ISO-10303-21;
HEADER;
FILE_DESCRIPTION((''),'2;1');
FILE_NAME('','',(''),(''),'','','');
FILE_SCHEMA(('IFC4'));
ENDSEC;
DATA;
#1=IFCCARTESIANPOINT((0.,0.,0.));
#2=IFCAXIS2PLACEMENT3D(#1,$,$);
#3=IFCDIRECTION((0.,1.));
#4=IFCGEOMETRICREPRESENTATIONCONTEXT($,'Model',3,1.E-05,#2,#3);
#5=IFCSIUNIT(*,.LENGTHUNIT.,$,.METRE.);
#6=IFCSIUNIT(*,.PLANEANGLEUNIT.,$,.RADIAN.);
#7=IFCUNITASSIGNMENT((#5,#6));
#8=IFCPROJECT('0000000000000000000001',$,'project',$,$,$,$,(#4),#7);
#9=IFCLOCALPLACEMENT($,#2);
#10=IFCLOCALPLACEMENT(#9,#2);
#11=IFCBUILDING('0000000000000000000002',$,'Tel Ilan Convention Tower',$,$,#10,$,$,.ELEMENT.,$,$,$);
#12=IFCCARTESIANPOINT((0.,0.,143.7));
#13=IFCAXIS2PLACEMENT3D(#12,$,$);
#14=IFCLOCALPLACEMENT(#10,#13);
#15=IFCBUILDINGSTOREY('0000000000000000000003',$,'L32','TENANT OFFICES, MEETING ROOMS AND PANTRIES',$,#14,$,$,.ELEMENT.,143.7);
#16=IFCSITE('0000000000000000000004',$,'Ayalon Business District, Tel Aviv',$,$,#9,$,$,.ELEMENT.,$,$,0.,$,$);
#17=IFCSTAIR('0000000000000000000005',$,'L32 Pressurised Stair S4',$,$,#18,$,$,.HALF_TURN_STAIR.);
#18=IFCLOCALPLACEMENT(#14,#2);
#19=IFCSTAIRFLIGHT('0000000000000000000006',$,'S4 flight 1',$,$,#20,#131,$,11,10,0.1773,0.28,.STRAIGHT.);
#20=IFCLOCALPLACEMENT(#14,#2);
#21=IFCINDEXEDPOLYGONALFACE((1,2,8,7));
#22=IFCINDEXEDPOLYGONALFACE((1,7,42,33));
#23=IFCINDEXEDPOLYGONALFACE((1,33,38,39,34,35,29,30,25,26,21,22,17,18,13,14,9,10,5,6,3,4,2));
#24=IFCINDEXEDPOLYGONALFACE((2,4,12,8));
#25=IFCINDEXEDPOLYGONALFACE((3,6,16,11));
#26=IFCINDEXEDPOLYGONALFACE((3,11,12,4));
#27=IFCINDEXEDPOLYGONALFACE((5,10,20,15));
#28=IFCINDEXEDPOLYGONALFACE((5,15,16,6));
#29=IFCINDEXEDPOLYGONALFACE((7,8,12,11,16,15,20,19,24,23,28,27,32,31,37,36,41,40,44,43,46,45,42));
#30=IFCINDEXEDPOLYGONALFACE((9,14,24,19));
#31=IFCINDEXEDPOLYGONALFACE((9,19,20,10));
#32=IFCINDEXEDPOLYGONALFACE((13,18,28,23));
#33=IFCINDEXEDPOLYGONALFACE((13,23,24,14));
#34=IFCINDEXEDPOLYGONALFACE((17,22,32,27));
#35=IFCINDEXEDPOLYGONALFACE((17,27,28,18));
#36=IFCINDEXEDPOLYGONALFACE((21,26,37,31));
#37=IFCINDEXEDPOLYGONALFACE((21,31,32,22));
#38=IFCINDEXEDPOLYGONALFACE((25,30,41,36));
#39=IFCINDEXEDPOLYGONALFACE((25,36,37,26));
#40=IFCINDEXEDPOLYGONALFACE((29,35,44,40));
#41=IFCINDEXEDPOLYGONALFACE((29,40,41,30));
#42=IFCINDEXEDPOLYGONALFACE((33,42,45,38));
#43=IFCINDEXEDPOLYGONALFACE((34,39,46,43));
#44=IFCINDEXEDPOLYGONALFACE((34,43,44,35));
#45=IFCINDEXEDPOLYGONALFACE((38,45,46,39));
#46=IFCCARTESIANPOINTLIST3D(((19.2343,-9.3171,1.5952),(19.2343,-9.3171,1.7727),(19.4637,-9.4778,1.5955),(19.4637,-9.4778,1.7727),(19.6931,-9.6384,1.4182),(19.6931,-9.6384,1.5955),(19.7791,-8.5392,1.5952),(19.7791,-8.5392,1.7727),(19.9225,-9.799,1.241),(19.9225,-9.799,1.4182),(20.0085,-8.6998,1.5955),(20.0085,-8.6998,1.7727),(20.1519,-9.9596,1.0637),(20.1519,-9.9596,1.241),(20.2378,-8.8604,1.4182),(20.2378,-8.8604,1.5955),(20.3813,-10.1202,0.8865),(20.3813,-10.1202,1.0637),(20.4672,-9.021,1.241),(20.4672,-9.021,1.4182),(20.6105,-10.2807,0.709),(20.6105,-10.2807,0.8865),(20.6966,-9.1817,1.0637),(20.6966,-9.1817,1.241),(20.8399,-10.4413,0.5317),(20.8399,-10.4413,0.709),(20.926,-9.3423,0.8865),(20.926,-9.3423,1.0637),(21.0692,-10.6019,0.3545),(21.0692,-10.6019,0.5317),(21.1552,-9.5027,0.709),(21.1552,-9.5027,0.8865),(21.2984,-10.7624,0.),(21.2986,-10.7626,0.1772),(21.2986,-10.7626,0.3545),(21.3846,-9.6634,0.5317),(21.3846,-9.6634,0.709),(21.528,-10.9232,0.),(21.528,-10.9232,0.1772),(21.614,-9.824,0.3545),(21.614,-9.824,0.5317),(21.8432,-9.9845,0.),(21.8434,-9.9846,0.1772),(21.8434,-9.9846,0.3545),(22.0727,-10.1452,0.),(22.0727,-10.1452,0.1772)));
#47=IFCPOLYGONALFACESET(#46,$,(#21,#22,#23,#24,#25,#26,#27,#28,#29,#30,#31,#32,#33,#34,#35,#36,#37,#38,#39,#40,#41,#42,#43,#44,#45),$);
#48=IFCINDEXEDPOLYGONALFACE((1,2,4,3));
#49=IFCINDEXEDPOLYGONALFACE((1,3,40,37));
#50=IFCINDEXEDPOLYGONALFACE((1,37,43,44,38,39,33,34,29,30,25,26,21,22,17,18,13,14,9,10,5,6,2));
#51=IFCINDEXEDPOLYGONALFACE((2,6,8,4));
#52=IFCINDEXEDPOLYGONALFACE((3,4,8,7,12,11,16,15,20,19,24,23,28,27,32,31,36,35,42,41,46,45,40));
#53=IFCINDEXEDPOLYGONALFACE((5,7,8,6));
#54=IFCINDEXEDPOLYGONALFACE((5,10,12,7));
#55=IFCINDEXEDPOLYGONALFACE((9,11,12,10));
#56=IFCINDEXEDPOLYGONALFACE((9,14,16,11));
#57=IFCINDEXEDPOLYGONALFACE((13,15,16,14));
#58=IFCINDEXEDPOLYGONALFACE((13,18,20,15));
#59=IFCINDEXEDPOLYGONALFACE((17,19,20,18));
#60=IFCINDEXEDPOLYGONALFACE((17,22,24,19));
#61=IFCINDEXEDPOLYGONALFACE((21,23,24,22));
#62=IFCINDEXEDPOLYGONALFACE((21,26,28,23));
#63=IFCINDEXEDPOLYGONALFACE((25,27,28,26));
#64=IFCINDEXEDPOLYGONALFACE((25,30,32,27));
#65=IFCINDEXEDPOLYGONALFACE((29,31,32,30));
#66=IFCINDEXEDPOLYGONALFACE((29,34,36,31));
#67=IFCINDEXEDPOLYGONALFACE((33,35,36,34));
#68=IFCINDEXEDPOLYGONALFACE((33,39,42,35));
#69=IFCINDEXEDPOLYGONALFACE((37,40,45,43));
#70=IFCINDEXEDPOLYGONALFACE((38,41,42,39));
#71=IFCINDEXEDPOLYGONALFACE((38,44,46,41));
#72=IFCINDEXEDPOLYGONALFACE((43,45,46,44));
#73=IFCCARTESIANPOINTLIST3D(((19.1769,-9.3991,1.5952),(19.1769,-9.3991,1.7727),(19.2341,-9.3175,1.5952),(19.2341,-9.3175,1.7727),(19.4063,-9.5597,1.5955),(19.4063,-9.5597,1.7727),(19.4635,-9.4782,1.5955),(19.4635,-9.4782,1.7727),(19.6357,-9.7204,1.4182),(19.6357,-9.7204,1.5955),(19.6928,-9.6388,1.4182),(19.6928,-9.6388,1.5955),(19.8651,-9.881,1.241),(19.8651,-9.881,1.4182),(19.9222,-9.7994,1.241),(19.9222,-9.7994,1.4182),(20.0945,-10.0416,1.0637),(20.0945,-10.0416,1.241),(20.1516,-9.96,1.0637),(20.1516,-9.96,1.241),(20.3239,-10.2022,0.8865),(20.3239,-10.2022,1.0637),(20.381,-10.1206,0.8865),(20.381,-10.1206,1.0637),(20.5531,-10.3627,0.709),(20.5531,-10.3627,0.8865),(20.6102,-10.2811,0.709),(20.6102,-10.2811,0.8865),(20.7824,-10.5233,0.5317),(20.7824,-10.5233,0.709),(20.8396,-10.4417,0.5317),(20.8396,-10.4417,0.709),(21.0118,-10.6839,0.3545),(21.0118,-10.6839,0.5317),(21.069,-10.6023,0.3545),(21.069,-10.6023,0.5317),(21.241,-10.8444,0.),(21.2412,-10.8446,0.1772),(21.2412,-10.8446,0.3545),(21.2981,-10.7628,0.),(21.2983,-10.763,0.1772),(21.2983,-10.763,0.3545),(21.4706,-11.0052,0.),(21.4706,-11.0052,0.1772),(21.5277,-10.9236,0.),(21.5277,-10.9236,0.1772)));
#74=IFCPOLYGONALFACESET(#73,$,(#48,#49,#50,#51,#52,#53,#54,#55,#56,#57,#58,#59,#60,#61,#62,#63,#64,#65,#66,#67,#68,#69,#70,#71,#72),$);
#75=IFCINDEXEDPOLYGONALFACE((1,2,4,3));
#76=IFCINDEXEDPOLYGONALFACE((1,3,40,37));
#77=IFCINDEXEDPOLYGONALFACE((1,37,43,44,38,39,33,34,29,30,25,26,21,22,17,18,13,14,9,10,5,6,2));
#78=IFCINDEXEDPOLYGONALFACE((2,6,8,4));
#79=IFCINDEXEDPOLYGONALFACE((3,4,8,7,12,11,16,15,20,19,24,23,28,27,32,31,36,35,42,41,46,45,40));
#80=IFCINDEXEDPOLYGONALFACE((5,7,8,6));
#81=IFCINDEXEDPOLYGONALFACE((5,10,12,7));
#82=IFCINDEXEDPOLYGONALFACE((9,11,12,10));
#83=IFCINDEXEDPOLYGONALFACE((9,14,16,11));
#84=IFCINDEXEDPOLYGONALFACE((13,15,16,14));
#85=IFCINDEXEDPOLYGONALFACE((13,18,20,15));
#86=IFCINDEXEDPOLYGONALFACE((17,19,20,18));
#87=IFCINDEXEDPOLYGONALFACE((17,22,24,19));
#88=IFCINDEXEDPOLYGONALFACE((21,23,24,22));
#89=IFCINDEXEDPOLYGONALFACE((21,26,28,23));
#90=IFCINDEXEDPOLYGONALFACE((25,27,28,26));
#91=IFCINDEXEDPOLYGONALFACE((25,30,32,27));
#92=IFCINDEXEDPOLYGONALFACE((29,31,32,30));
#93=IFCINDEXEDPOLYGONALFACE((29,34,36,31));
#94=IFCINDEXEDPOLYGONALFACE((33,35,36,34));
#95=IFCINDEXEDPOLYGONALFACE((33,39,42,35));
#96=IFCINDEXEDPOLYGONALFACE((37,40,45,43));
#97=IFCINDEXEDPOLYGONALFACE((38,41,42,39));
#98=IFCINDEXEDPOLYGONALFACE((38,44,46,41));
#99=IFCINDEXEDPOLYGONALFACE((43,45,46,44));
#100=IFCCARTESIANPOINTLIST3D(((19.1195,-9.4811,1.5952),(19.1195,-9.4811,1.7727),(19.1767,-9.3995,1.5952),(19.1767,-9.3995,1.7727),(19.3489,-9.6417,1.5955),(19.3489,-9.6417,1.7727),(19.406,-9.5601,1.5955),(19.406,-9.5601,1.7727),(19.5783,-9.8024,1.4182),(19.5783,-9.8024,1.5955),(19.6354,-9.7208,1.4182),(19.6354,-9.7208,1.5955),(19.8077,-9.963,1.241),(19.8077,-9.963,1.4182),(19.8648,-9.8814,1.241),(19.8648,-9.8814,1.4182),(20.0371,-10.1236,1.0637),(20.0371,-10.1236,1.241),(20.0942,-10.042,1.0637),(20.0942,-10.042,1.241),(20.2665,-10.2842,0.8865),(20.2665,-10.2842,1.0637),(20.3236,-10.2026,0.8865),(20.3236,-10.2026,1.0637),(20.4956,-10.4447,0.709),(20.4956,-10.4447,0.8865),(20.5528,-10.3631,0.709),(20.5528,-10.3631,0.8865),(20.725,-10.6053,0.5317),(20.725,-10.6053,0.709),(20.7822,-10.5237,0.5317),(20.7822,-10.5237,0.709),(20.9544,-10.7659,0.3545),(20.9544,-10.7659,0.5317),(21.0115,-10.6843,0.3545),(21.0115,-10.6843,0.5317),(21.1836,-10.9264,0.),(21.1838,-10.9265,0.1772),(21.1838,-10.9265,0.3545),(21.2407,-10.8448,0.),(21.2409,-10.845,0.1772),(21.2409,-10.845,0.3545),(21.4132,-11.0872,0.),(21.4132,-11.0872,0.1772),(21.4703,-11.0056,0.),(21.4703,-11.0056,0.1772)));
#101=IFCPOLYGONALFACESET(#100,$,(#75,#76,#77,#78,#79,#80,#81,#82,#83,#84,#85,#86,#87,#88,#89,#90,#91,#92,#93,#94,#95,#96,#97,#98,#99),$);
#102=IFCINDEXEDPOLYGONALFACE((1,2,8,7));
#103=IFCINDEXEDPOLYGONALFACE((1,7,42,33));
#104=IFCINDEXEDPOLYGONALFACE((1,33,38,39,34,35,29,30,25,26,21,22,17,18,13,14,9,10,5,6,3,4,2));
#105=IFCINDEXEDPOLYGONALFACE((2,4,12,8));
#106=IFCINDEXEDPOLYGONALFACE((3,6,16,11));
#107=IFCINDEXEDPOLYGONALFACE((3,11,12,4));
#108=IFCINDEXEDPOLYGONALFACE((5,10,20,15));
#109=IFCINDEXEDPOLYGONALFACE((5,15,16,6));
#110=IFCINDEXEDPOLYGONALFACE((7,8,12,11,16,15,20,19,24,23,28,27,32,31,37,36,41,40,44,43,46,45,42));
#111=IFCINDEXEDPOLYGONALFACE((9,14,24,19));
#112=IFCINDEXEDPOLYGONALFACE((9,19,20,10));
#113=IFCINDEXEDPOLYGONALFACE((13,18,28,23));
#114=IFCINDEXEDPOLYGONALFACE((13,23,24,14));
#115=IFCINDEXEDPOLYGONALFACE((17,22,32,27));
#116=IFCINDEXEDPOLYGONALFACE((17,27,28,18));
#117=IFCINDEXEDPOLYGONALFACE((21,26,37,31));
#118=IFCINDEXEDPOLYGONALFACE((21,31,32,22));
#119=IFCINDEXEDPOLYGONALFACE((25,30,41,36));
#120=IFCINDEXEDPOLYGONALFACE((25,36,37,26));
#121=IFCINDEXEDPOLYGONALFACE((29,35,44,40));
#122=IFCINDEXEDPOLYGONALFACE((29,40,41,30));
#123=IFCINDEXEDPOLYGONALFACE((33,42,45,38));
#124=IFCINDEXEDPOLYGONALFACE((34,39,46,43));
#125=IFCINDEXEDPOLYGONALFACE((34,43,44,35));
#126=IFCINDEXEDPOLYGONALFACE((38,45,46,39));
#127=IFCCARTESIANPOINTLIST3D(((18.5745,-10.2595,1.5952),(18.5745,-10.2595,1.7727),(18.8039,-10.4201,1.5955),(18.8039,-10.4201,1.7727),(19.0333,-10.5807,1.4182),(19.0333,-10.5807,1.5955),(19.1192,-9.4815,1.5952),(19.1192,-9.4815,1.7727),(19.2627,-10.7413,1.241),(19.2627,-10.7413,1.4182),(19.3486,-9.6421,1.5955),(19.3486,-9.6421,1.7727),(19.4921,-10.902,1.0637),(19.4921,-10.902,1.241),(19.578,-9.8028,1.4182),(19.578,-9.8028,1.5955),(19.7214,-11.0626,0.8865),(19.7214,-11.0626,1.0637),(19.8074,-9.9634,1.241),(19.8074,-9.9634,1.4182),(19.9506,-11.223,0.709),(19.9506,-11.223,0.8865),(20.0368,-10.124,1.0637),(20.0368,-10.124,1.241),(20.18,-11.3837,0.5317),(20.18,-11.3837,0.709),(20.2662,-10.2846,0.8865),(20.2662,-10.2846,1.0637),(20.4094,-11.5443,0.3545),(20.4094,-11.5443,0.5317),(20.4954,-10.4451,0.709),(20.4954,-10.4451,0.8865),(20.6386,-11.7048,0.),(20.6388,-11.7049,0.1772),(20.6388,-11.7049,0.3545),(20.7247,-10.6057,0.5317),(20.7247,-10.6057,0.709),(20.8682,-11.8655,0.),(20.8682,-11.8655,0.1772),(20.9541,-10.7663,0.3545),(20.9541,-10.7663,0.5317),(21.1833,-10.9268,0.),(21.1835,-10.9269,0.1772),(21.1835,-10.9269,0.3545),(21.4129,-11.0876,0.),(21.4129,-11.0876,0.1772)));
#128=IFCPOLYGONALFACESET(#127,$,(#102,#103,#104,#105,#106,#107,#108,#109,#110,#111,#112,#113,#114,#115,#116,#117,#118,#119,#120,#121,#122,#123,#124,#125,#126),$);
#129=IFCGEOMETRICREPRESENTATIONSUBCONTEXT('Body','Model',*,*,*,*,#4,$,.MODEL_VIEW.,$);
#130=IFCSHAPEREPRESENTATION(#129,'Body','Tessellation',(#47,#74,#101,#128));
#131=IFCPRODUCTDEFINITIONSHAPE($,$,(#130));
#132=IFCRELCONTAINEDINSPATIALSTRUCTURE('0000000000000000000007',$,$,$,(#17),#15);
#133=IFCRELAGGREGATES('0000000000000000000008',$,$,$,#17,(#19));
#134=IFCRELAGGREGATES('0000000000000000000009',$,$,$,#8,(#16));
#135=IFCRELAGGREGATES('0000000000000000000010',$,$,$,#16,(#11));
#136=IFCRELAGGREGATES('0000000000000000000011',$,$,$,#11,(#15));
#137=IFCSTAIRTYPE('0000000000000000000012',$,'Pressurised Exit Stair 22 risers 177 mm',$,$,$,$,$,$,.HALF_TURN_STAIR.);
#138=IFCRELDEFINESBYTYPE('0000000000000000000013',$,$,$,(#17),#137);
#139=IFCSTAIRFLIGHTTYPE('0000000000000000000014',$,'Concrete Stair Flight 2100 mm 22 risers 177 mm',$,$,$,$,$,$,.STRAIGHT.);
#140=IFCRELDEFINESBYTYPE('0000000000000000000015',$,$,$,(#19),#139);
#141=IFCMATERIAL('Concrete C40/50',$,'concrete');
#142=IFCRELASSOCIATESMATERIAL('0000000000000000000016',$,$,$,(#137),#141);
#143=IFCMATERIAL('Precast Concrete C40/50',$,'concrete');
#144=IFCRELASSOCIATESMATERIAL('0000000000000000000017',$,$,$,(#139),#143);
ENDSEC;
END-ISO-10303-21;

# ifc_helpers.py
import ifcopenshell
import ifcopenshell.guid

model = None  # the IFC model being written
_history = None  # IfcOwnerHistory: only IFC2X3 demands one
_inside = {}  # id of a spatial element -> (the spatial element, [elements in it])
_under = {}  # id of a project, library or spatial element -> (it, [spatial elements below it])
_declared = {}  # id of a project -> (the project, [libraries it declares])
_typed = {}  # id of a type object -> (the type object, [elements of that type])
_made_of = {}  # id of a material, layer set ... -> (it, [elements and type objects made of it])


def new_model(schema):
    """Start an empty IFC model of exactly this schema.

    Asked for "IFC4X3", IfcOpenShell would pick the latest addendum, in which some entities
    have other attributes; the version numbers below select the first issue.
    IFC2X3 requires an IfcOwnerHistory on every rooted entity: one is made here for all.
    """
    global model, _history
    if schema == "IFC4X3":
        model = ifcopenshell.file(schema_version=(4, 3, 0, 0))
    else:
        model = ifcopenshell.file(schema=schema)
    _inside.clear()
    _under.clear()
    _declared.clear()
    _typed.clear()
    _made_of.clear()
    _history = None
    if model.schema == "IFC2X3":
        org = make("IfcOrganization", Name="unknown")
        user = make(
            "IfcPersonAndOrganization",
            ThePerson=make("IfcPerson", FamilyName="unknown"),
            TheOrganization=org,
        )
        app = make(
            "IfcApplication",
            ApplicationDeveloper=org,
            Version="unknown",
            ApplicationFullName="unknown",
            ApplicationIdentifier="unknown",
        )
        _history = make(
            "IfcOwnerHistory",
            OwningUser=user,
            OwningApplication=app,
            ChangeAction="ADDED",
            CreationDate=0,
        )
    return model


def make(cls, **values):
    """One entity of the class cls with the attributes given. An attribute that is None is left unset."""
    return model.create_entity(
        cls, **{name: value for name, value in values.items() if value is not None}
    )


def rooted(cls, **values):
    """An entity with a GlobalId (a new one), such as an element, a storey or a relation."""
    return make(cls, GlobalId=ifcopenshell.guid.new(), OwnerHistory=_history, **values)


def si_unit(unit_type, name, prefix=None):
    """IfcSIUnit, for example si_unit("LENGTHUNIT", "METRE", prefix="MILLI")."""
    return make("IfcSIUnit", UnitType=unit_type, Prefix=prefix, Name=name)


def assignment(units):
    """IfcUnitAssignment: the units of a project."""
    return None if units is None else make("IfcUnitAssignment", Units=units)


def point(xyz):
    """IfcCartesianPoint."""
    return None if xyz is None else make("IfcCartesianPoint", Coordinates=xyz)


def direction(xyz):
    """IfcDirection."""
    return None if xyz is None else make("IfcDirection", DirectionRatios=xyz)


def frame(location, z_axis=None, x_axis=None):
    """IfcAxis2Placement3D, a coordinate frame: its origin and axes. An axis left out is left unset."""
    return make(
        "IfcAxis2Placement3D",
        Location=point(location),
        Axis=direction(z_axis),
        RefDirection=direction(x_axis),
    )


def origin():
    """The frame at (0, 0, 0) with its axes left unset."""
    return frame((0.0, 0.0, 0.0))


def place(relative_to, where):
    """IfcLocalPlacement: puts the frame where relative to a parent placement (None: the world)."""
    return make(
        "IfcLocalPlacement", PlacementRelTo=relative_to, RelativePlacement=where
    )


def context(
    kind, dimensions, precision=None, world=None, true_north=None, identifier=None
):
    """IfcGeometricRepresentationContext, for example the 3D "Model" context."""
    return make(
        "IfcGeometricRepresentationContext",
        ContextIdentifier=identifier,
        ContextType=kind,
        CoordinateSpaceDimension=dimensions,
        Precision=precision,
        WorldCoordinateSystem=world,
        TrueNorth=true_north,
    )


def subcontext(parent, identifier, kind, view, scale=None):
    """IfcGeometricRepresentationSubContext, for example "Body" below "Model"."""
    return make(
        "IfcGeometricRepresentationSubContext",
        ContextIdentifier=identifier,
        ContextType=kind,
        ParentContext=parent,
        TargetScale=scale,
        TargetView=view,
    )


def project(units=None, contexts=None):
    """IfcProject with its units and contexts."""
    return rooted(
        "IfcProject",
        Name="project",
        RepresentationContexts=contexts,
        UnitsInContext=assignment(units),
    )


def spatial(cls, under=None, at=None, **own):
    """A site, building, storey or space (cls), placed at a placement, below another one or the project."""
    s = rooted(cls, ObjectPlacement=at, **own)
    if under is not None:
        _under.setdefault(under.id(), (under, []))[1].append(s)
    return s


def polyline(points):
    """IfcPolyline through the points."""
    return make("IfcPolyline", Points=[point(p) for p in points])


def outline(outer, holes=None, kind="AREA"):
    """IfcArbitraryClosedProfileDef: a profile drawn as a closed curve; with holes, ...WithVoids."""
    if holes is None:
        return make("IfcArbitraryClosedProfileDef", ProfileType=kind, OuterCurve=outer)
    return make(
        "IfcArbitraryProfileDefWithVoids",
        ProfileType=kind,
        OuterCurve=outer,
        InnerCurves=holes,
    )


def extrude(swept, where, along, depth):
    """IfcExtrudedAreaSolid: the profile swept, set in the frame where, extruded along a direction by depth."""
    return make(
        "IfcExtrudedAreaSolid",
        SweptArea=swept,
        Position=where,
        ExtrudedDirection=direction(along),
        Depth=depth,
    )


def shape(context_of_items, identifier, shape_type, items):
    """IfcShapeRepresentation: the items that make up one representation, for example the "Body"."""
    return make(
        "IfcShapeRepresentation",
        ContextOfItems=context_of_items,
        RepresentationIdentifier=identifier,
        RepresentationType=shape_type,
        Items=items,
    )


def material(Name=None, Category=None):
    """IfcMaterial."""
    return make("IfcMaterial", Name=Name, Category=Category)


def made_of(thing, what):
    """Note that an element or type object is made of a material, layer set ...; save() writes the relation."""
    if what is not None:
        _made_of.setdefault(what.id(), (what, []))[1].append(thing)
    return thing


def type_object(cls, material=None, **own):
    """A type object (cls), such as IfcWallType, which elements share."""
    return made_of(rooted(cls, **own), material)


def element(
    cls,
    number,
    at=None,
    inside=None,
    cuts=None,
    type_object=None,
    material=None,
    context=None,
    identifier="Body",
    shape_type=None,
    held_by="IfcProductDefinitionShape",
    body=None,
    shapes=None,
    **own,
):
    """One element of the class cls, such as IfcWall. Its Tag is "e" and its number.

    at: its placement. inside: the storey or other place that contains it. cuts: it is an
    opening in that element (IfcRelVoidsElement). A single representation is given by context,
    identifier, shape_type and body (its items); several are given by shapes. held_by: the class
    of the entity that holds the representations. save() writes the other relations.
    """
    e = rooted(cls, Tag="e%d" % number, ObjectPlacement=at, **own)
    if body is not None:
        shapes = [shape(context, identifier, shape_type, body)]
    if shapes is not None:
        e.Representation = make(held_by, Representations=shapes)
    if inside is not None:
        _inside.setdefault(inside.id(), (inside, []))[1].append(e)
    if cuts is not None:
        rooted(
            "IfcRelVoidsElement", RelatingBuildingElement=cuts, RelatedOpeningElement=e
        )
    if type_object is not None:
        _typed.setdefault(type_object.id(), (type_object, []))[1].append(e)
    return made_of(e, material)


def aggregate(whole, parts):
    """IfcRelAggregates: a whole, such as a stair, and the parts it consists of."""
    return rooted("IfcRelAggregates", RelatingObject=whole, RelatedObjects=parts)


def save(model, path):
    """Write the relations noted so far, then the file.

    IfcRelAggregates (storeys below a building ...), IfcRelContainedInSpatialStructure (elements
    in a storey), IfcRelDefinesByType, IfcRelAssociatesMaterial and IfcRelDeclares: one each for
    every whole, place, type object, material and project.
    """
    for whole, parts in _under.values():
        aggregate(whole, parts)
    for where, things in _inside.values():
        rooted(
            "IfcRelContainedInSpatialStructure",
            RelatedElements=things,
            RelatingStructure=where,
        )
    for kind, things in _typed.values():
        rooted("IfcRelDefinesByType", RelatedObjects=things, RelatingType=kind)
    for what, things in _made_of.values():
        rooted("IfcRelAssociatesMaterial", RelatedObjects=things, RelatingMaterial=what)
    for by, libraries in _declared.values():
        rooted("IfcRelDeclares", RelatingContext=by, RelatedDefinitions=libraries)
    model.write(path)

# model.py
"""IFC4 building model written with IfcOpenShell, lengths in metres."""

from ifc_helpers import new_model, si_unit, direction, frame, origin, place, context, subcontext, project, spatial, polyline, outline, extrude, material, type_object, element, aggregate, save


model = new_model("IFC4")

# Units and contexts
model_context = context("Model", 3, precision=1e-05, world=origin(), true_north=direction((0.0, 1.0)))
body_context = subcontext(model_context, "Body", "Model", "MODEL_VIEW")
ifc_project = project(units=[si_unit("LENGTHUNIT", "METRE"), si_unit("PLANEANGLEUNIT", "RADIAN")], contexts=[model_context])

# Site, building, storey
site_placement = place(None, origin())
site = spatial("IfcSite", under=ifc_project, at=site_placement, Name="Ayalon Business District, Tel Aviv", CompositionType="ELEMENT", RefElevation=0.0)
building_placement = place(site_placement, origin())
building = spatial("IfcBuilding", under=site, at=building_placement, Name="Tel Ilan Convention Tower", CompositionType="ELEMENT")
storey_placement = place(building_placement, frame((0.0, 0.0, 143.7)))
storey = spatial("IfcBuildingStorey", under=building, at=storey_placement, Name="L32", Description="TENANT OFFICES, MEETING ROOMS AND PANTRIES", CompositionType="ELEMENT", Elevation=143.7)

# Shared definitions
ifc_material_1 = material(Name="Concrete C40/50", Category="concrete")
stair_type = type_object("IfcStairType", Name="Pressurised Exit Stair 22 risers 177 mm", PredefinedType="HALF_TURN_STAIR", material=ifc_material_1)
ifc_material_2 = material(Name="Precast Concrete C40/50", Category="concrete")
stair_flight_type = type_object("IfcStairFlightType", Name="Concrete Stair Flight 2100 mm 22 risers 177 mm", PredefinedType="STRAIGHT", material=ifc_material_2)

# Stair, stair flight
stair_1_placement = place(storey_placement, origin())
stair_1 = element("IfcStair", 1, at=stair_1_placement, inside=storey, type_object=stair_type, Name="L32 Pressurised Stair S4", PredefinedType="HALF_TURN_STAIR")
stair_flight_1_placement = place(storey_placement, frame((21.4705, -11.0054, 0.0), z_axis=(0.0, 0.0, 1.0), x_axis=(-0.819152, 0.573576, 0.0)))
stair_flight_1 = element("IfcStairFlight", 2, at=stair_flight_1_placement, type_object=stair_flight_type, Name="S4 flight 1", NumberOfRisers=11, NumberOfTreads=10, PredefinedType="STRAIGHT", RiserHeight=0.1773, TreadLength=0.28, context=body_context, shape_type="SweptSolid", body=[
    extrude(outline(polyline([(0.0, 0.0), (0.0, 0.1772), (0.28, 0.1772), (0.28, 0.3545), (0.5601, 0.3545), (0.5601, 0.5317), (0.8401, 0.5317), (0.8401, 0.709), (1.1201, 0.709), (1.1201, 0.8865), (1.3999, 0.8865), (1.3999, 1.0637), (1.6799, 1.0637), (1.6799, 1.241), (1.96, 1.241), (1.96, 1.4182), (2.24, 1.4182), (2.24, 1.5955), (2.52, 1.5955), (2.52, 1.7727), (2.8, 1.7727), (2.8, 1.95), (2.8, 1.5952), (0.2803, 0.0), (0.0, 0.0)])), frame((0.0, -0.1003, 0.0), z_axis=(0.0, -1.0, 0.0), x_axis=(1.0, 0.0, 0.0)), (0.0, 0.0, 1.0), 0.9497),
    extrude(outline(polyline([(0.0, 0.0), (0.0, 0.1772), (0.28, 0.1772), (0.28, 0.3545), (0.5601, 0.3545), (0.5601, 0.5317), (0.8401, 0.5317), (0.8401, 0.709), (1.1201, 0.709), (1.1201, 0.8865), (1.3999, 0.8865), (1.3999, 1.0637), (1.6799, 1.0637), (1.6799, 1.241), (1.96, 1.241), (1.96, 1.4182), (2.24, 1.4182), (2.24, 1.5955), (2.52, 1.5955), (2.52, 1.7727), (2.8, 1.7727), (2.8, 1.95), (2.8, 1.5952), (0.2803, 0.0), (0.0, 0.0)])), frame((0.0, -0.0002, 0.0), z_axis=(0.0, -1.0, 0.0), x_axis=(1.0, 0.0, 0.0)), (0.0, 0.0, 1.0), 0.0996),
    extrude(outline(polyline([(0.0, 0.0), (0.0, 0.1772), (0.28, 0.1772), (0.28, 0.3545), (0.5601, 0.3545), (0.5601, 0.5317), (0.8401, 0.5317), (0.8401, 0.709), (1.1201, 0.709), (1.1201, 0.8865), (1.3999, 0.8865), (1.3999, 1.0637), (1.6799, 1.0637), (1.6799, 1.241), (1.96, 1.241), (1.96, 1.4182), (2.24, 1.4182), (2.24, 1.5955), (2.52, 1.5955), (2.52, 1.7727), (2.8, 1.7727), (2.8, 1.95), (2.8, 1.5952), (0.2803, 0.0), (0.0, 0.0)])), frame((0.0, 0.0999, 0.0), z_axis=(0.0, -1.0, 0.0), x_axis=(1.0, 0.0, 0.0)), (0.0, 0.0, 1.0), 0.0996),
    extrude(outline(polyline([(0.0, 0.0), (0.0, 0.1772), (0.28, 0.1772), (0.28, 0.3545), (0.5601, 0.3545), (0.5601, 0.5317), (0.8401, 0.5317), (0.8401, 0.709), (1.1201, 0.709), (1.1201, 0.8865), (1.3999, 0.8865), (1.3999, 1.0637), (1.6799, 1.0637), (1.6799, 1.241), (1.96, 1.241), (1.96, 1.4182), (2.24, 1.4182), (2.24, 1.5955), (2.52, 1.5955), (2.52, 1.7727), (2.8, 1.7727), (2.8, 1.95), (2.8, 1.5952), (0.2803, 0.0), (0.0, 0.0)])), frame((0.0, 1.05, 0.0), z_axis=(0.0, -1.0, 0.0), x_axis=(1.0, 0.0, 0.0)), (0.0, 0.0, 1.0), 0.9497),
])
aggregate(stair_1, [stair_flight_1])

save(model, "model.ifc")
